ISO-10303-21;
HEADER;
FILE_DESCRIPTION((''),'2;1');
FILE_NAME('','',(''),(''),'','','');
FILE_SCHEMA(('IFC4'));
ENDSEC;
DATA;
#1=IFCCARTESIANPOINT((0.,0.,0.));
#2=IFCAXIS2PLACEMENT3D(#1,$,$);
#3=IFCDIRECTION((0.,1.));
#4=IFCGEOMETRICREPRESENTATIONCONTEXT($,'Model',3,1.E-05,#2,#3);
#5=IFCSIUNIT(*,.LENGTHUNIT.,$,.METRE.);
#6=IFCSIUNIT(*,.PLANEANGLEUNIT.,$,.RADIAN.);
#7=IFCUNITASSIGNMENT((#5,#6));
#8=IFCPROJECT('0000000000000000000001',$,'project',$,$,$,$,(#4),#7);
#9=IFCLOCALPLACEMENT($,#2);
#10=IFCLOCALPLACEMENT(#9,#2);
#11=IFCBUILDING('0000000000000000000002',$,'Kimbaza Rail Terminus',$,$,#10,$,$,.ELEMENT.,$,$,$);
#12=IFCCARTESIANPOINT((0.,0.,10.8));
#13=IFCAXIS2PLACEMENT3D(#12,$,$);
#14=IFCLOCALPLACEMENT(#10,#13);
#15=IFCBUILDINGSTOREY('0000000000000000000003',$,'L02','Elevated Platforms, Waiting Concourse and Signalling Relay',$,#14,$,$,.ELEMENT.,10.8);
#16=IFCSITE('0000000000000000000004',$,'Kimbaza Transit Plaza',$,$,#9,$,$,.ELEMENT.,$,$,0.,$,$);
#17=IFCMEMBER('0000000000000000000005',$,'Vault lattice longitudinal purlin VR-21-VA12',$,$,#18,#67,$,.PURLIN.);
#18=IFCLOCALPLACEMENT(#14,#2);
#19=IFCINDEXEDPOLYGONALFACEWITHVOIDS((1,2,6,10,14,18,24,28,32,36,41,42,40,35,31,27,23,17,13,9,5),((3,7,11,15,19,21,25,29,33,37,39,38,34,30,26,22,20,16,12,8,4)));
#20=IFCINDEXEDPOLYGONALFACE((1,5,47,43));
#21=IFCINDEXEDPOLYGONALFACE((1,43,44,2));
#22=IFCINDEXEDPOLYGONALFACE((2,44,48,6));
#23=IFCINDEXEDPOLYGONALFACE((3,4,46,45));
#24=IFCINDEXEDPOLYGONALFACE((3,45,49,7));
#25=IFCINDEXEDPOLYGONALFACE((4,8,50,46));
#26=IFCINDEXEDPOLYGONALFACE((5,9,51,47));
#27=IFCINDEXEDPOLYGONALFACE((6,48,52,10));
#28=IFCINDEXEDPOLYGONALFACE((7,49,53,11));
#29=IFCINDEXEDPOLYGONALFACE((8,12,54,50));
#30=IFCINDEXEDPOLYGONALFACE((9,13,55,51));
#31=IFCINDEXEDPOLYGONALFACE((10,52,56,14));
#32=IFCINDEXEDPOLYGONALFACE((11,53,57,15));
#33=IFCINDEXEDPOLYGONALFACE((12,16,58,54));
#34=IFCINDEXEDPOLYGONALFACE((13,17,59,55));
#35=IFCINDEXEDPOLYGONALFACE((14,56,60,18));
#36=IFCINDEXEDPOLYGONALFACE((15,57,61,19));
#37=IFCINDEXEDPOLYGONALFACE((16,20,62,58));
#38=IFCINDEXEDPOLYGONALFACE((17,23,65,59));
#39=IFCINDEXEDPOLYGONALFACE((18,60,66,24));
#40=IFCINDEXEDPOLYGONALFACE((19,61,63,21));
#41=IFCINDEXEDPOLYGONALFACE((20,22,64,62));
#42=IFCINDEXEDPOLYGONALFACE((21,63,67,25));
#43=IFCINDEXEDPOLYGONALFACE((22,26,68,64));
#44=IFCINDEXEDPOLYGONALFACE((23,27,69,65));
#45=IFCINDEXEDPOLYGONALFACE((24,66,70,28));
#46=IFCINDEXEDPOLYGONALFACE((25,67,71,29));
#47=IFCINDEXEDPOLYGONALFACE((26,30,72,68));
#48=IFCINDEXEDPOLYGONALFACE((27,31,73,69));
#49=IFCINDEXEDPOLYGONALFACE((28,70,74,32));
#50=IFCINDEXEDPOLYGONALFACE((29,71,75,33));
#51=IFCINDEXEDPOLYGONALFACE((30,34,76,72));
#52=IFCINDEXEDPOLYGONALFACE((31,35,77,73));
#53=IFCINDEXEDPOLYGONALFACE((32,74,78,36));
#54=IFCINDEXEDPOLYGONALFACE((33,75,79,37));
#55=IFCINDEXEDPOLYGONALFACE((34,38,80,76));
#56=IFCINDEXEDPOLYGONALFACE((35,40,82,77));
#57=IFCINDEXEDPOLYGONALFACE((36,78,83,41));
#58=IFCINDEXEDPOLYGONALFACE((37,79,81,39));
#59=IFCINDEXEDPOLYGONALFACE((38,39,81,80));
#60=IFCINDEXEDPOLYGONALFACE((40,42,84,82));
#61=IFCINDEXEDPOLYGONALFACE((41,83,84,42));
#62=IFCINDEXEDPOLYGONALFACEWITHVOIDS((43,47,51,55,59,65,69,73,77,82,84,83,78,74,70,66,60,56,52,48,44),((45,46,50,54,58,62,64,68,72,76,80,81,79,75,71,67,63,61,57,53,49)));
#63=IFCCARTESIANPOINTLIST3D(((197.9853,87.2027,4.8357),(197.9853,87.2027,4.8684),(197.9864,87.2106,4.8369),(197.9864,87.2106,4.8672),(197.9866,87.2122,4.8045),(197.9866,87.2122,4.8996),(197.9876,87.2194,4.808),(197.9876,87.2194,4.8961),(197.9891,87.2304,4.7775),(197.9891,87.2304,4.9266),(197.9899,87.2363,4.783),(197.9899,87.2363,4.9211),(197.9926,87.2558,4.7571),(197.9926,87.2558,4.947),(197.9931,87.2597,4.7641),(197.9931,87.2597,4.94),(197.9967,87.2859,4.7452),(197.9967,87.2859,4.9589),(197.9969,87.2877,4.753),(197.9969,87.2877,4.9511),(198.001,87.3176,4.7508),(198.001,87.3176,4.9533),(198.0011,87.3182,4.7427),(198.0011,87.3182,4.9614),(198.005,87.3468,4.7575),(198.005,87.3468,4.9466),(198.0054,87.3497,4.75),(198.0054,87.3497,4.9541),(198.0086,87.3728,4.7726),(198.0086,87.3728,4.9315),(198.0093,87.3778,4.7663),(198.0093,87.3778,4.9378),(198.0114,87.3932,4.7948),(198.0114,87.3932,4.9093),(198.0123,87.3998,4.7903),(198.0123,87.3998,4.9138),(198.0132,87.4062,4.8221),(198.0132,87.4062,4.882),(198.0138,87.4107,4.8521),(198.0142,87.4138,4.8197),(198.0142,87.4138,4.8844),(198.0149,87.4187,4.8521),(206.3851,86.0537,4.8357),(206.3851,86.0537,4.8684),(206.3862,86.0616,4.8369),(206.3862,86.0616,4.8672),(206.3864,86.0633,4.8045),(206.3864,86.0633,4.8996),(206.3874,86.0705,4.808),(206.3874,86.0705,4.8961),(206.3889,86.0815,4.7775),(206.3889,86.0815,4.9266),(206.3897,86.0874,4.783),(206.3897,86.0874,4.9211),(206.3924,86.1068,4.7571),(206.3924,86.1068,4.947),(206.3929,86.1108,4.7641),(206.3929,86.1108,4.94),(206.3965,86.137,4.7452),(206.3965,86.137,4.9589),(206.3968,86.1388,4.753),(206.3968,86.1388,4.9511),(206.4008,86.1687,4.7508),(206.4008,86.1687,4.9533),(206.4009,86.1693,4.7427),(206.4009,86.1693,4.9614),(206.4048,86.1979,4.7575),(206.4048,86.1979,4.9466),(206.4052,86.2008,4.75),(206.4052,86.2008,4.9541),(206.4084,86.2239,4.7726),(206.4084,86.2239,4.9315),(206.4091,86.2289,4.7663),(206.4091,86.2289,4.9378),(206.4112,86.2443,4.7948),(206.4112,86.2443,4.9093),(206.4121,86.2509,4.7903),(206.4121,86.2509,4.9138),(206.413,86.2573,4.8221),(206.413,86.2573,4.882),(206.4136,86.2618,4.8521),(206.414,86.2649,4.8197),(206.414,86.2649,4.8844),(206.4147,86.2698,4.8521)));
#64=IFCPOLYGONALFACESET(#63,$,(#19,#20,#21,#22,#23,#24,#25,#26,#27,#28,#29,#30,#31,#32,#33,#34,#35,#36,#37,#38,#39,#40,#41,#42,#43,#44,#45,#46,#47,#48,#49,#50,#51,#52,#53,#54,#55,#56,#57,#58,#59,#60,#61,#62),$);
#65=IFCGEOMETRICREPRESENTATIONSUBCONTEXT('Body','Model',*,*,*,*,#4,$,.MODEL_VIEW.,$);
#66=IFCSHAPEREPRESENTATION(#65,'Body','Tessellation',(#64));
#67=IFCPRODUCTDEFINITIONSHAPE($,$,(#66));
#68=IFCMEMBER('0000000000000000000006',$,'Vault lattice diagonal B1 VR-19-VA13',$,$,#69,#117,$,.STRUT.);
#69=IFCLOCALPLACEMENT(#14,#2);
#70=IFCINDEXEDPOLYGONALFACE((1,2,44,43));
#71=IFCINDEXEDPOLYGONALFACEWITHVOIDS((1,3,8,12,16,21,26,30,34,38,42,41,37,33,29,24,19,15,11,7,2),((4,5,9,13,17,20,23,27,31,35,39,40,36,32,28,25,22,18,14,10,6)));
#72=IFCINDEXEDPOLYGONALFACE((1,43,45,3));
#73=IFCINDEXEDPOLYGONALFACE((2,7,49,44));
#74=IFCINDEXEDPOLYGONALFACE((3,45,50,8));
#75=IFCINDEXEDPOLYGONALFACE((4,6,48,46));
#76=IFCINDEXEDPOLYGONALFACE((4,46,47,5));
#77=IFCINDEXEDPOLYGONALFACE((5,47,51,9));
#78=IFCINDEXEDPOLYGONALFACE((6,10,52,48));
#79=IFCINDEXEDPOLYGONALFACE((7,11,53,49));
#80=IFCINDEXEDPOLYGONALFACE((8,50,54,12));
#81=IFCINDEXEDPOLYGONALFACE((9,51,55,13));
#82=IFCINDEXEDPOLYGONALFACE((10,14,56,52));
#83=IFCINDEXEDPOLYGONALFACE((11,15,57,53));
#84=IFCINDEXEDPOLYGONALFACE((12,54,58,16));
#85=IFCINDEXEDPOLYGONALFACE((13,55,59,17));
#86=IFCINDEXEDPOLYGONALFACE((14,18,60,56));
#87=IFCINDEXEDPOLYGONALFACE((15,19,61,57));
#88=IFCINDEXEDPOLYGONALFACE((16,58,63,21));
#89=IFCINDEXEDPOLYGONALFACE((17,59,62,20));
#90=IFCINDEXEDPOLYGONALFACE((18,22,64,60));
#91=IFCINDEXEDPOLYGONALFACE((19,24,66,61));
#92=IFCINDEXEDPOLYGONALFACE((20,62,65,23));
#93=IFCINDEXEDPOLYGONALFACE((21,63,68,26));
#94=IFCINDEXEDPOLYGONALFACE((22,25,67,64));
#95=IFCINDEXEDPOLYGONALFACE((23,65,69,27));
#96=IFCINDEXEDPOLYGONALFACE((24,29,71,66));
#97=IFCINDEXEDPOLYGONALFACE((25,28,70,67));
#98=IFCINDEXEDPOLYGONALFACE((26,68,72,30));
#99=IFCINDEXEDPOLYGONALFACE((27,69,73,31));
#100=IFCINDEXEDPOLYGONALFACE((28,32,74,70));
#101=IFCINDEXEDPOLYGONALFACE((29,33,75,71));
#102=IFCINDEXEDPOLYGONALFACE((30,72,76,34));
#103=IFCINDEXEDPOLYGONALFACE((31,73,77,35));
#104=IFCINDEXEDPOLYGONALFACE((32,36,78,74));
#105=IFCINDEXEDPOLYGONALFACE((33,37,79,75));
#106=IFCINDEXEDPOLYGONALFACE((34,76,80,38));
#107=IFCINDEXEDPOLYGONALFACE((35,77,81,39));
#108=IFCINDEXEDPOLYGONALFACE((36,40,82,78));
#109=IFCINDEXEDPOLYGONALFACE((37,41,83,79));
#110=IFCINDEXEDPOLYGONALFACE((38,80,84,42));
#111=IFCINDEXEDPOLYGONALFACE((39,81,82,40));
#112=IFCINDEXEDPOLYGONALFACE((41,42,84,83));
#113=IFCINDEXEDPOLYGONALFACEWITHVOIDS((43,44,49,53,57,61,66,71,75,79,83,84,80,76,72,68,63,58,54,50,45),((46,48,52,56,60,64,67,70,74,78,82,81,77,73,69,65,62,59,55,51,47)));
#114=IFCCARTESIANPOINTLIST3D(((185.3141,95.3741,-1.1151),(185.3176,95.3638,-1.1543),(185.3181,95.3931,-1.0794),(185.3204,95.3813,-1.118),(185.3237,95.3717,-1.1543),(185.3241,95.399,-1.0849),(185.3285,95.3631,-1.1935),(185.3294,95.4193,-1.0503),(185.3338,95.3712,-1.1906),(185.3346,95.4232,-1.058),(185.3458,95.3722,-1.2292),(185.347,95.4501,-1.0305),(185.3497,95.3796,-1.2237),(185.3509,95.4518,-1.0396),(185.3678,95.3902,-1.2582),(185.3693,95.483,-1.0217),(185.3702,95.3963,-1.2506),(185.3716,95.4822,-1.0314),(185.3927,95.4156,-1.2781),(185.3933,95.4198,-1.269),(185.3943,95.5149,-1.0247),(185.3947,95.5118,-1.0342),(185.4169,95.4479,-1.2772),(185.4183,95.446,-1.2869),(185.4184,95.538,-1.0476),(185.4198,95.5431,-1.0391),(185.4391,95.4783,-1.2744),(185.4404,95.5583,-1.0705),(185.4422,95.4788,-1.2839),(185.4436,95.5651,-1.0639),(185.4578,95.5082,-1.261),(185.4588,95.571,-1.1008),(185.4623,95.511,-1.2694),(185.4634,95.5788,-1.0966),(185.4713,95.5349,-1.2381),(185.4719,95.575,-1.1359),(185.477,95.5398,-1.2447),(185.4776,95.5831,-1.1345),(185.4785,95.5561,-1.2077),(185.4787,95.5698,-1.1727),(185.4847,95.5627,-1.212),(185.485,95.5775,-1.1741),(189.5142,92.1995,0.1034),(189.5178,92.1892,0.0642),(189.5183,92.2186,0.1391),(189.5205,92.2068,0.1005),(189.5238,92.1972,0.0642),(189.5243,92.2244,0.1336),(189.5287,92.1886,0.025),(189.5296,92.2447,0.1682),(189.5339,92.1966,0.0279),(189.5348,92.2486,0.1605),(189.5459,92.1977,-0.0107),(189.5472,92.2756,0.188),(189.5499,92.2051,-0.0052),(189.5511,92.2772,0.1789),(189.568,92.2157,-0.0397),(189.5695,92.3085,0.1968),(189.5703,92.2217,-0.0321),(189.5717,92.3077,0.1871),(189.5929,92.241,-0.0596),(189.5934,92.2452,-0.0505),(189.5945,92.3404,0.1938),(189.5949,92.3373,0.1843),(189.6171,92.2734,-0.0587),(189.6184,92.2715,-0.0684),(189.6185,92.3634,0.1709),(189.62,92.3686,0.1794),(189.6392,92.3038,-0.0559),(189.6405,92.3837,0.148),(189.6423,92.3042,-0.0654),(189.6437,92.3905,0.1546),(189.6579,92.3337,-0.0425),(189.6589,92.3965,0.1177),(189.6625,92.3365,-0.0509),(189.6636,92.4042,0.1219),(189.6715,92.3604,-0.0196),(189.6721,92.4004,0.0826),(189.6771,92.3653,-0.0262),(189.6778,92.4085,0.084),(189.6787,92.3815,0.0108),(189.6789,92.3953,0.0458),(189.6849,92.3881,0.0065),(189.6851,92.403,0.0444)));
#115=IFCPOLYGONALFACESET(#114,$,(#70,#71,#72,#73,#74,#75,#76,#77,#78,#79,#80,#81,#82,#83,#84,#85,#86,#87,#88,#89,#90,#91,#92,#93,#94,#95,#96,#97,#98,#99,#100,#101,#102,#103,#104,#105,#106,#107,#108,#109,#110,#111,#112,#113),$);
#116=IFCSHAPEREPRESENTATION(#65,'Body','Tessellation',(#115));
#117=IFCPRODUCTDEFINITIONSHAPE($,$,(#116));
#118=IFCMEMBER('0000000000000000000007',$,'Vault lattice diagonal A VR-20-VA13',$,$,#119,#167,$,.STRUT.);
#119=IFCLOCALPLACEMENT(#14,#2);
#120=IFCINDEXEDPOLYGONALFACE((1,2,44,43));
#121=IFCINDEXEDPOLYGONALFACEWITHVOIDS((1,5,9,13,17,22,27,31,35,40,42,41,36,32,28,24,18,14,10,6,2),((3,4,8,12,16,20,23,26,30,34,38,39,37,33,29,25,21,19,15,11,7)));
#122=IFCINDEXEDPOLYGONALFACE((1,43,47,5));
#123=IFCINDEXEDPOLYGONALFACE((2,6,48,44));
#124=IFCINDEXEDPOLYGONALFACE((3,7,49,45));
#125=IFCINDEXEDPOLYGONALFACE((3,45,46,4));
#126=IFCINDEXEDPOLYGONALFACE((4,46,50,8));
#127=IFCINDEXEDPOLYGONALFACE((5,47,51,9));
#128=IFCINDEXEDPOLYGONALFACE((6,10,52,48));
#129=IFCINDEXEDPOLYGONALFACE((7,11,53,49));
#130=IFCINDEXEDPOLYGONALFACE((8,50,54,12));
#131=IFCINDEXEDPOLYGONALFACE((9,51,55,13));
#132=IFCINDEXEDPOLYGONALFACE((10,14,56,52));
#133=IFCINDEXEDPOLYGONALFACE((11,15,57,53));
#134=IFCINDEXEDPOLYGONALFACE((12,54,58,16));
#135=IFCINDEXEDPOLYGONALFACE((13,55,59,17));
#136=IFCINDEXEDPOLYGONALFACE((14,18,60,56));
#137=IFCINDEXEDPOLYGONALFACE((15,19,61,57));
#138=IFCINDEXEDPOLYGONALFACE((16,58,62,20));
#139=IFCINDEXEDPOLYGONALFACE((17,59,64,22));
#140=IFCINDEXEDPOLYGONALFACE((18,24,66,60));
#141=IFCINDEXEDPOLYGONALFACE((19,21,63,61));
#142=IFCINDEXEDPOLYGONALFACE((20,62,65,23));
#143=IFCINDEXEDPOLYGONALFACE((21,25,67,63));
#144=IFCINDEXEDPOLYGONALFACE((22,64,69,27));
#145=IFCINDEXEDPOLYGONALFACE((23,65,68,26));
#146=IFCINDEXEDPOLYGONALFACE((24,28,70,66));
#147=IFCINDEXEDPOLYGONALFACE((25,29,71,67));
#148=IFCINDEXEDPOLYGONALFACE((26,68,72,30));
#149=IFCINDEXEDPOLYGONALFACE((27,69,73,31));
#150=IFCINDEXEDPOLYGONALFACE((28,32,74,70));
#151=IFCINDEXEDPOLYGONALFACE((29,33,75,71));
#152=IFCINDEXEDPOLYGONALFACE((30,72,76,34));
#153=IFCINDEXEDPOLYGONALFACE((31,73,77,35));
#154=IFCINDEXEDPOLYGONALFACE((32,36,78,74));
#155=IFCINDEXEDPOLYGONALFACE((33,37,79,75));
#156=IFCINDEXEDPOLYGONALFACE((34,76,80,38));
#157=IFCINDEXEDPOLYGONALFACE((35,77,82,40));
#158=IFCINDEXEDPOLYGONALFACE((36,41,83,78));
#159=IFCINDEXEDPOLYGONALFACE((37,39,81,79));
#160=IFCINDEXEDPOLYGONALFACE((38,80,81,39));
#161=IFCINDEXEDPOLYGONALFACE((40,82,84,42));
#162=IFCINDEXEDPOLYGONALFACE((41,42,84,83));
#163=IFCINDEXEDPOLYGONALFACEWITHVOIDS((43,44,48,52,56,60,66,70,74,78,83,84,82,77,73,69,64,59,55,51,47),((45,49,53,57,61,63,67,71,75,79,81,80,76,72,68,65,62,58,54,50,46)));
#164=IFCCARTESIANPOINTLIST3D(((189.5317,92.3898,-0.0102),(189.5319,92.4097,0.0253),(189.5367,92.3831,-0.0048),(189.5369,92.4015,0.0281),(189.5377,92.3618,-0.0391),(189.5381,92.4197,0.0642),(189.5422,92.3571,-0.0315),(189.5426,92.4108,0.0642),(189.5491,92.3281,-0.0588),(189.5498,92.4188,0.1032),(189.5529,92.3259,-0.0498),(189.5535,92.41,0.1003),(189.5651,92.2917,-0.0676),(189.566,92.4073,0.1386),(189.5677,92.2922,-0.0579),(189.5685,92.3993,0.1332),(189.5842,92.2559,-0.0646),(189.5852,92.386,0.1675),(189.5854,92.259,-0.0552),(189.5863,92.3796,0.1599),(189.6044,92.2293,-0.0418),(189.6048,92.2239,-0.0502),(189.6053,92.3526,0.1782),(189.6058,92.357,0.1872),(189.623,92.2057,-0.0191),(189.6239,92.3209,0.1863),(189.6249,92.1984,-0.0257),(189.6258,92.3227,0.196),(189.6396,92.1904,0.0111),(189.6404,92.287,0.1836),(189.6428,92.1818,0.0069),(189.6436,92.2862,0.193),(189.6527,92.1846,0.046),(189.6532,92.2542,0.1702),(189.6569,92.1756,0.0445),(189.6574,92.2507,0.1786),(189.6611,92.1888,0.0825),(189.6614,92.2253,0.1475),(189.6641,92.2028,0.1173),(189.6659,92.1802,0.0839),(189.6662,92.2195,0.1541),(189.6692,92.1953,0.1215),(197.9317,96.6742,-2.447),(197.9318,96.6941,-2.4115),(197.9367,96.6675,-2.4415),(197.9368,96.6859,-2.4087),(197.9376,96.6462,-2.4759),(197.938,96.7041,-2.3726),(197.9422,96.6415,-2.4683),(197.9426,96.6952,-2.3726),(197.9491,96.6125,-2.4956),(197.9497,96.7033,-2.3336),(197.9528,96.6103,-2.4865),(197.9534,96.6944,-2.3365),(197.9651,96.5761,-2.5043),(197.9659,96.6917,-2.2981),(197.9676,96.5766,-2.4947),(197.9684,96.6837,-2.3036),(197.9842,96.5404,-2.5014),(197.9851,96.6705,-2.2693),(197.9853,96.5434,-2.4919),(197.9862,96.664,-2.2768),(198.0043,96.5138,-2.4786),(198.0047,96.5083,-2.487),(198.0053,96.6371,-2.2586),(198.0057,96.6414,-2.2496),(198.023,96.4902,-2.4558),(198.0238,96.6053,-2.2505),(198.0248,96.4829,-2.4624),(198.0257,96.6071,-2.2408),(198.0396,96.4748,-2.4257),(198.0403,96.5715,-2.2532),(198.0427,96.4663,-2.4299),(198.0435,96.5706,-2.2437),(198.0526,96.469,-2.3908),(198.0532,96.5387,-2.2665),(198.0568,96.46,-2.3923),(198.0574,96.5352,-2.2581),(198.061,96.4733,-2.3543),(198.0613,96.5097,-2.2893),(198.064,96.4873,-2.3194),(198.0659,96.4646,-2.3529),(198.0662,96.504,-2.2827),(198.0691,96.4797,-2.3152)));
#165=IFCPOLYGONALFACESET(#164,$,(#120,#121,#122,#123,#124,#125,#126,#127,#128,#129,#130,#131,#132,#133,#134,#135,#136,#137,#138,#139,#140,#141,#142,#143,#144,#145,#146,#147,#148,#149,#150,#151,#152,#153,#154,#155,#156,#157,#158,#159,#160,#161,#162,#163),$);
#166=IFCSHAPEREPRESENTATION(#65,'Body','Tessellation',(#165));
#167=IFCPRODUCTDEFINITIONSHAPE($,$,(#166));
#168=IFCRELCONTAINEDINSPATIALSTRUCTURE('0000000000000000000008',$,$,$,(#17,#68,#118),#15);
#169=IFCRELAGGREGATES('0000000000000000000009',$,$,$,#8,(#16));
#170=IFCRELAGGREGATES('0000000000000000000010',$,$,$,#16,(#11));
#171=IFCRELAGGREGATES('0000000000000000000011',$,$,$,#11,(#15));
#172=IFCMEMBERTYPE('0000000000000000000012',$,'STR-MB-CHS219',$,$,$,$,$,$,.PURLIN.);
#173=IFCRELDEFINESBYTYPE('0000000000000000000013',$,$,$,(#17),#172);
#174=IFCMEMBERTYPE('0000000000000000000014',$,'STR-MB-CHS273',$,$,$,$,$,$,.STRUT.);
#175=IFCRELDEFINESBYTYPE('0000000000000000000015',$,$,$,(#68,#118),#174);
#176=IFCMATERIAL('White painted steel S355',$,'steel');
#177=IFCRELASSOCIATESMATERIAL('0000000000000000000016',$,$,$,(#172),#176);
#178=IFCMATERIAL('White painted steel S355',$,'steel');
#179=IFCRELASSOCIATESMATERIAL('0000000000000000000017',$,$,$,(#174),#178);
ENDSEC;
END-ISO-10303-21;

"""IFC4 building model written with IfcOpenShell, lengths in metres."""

from ifc_helpers import new_model, si_unit, direction, frame, origin, origin_2d, place, context, subcontext, project, spatial, hollow_circle, extrude, material, material_profile, profile_set, type_object, element, save


model = new_model("IFC4")

# Units and contexts
model_context = context("Model", 3, precision=1e-05, world=origin(), true_north=direction((0.0, 1.0)))
body_context = subcontext(model_context, "Body", "Model", "MODEL_VIEW")
ifc_project = project(units=[si_unit("LENGTHUNIT", "METRE"), si_unit("PLANEANGLEUNIT", "RADIAN")], contexts=[model_context])

# Site, building, storey
site_placement = place(None, origin())
site = spatial("IfcSite", under=ifc_project, at=site_placement, Name="Kimbaza Transit Plaza", CompositionType="ELEMENT", RefElevation=0.0)
building_placement = place(site_placement, origin())
building = spatial("IfcBuilding", under=site, at=building_placement, Name="Kimbaza Rail Terminus", CompositionType="ELEMENT")
storey_placement = place(building_placement, frame((0.0, 0.0, 10.8)))
storey = spatial("IfcBuildingStorey", under=building, at=storey_placement, Name="L02", Description="Elevated Platforms, Waiting Concourse and Signalling Relay", CompositionType="ELEMENT", Elevation=10.8)

# Members
ifc_material_1 = material(Name="White painted steel S355", Category="steel")
ifc_material_profile_1 = material_profile(ifc_material_1, hollow_circle(Radius=0.1096, WallThickness=0.0081, at=origin_2d()), Name="CHS 219.1x8")
ifc_profile_set_1 = profile_set([ifc_material_profile_1], Name="White painted steel S355")
member_type_1 = type_object("IfcMemberType", Name="STR-MB-CHS219", PredefinedType="PURLIN", material=ifc_profile_set_1)
for number, where, z_axis, x_axis, name in (
    (1, (198.0, 87.3101, 4.8521), (0.990775, -0.135517, 0.0), (0.135517, 0.990775, 0.0), "Vault lattice longitudinal purlin VR-21-VA12"),
):
    element("IfcMember", number, at=place(storey_placement, frame(where, z_axis=z_axis, x_axis=x_axis)), inside=storey, type_object=member_type_1, Name=name, PredefinedType="PURLIN", context=body_context, shape_type="SweptSolid", body=[
        extrude(hollow_circle(Radius=0.1096, WallThickness=0.0081, at=origin_2d()), origin(), (0.0, 0.0, 1.0), 8.478),
    ])
ifc_material_2 = material(Name="White painted steel S355", Category="steel")
ifc_material_profile_2 = material_profile(ifc_material_2, hollow_circle(Radius=0.1365, WallThickness=0.01, at=origin_2d()), Name="CHS 273x10")
ifc_profile_set_2 = profile_set([ifc_material_profile_2], Name="White painted steel S355")
member_type_2 = type_object("IfcMemberType", Name="STR-MB-CHS273", PredefinedType="STRUT", material=ifc_profile_set_2)
member_1_placement = place(storey_placement, frame((189.6001, 92.2981, 0.0642), z_axis=(-0.777225, 0.587436, -0.225478), x_axis=(-0.602964, -0.797769, 0.0)))
element("IfcMember", 2, at=member_1_placement, inside=storey, type_object=member_type_2, Name="Vault lattice diagonal B1 VR-19-VA13", PredefinedType="STRUT", context=body_context, shape_type="SweptSolid", body=[
    extrude(hollow_circle(Radius=0.1365, WallThickness=0.01, at=origin_2d()), origin(), (0.0, 0.0, 1.0), 5.4041),
])
member_2_placement = place(storey_placement, frame((189.6001, 92.2981, 0.0642), z_axis=(0.862482, 0.439914, -0.250201), x_axis=(-0.454366, 0.890815, 0.0)))
element("IfcMember", 3, at=member_2_placement, inside=storey, type_object=member_type_2, Name="Vault lattice diagonal A VR-20-VA13", PredefinedType="STRUT", context=body_context, shape_type="SweptSolid", body=[
    extrude(hollow_circle(Radius=0.1365, WallThickness=0.01, at=origin_2d()), origin(), (0.0, 0.0, 1.0), 9.7393),
])

save(model, "model.ifc")
